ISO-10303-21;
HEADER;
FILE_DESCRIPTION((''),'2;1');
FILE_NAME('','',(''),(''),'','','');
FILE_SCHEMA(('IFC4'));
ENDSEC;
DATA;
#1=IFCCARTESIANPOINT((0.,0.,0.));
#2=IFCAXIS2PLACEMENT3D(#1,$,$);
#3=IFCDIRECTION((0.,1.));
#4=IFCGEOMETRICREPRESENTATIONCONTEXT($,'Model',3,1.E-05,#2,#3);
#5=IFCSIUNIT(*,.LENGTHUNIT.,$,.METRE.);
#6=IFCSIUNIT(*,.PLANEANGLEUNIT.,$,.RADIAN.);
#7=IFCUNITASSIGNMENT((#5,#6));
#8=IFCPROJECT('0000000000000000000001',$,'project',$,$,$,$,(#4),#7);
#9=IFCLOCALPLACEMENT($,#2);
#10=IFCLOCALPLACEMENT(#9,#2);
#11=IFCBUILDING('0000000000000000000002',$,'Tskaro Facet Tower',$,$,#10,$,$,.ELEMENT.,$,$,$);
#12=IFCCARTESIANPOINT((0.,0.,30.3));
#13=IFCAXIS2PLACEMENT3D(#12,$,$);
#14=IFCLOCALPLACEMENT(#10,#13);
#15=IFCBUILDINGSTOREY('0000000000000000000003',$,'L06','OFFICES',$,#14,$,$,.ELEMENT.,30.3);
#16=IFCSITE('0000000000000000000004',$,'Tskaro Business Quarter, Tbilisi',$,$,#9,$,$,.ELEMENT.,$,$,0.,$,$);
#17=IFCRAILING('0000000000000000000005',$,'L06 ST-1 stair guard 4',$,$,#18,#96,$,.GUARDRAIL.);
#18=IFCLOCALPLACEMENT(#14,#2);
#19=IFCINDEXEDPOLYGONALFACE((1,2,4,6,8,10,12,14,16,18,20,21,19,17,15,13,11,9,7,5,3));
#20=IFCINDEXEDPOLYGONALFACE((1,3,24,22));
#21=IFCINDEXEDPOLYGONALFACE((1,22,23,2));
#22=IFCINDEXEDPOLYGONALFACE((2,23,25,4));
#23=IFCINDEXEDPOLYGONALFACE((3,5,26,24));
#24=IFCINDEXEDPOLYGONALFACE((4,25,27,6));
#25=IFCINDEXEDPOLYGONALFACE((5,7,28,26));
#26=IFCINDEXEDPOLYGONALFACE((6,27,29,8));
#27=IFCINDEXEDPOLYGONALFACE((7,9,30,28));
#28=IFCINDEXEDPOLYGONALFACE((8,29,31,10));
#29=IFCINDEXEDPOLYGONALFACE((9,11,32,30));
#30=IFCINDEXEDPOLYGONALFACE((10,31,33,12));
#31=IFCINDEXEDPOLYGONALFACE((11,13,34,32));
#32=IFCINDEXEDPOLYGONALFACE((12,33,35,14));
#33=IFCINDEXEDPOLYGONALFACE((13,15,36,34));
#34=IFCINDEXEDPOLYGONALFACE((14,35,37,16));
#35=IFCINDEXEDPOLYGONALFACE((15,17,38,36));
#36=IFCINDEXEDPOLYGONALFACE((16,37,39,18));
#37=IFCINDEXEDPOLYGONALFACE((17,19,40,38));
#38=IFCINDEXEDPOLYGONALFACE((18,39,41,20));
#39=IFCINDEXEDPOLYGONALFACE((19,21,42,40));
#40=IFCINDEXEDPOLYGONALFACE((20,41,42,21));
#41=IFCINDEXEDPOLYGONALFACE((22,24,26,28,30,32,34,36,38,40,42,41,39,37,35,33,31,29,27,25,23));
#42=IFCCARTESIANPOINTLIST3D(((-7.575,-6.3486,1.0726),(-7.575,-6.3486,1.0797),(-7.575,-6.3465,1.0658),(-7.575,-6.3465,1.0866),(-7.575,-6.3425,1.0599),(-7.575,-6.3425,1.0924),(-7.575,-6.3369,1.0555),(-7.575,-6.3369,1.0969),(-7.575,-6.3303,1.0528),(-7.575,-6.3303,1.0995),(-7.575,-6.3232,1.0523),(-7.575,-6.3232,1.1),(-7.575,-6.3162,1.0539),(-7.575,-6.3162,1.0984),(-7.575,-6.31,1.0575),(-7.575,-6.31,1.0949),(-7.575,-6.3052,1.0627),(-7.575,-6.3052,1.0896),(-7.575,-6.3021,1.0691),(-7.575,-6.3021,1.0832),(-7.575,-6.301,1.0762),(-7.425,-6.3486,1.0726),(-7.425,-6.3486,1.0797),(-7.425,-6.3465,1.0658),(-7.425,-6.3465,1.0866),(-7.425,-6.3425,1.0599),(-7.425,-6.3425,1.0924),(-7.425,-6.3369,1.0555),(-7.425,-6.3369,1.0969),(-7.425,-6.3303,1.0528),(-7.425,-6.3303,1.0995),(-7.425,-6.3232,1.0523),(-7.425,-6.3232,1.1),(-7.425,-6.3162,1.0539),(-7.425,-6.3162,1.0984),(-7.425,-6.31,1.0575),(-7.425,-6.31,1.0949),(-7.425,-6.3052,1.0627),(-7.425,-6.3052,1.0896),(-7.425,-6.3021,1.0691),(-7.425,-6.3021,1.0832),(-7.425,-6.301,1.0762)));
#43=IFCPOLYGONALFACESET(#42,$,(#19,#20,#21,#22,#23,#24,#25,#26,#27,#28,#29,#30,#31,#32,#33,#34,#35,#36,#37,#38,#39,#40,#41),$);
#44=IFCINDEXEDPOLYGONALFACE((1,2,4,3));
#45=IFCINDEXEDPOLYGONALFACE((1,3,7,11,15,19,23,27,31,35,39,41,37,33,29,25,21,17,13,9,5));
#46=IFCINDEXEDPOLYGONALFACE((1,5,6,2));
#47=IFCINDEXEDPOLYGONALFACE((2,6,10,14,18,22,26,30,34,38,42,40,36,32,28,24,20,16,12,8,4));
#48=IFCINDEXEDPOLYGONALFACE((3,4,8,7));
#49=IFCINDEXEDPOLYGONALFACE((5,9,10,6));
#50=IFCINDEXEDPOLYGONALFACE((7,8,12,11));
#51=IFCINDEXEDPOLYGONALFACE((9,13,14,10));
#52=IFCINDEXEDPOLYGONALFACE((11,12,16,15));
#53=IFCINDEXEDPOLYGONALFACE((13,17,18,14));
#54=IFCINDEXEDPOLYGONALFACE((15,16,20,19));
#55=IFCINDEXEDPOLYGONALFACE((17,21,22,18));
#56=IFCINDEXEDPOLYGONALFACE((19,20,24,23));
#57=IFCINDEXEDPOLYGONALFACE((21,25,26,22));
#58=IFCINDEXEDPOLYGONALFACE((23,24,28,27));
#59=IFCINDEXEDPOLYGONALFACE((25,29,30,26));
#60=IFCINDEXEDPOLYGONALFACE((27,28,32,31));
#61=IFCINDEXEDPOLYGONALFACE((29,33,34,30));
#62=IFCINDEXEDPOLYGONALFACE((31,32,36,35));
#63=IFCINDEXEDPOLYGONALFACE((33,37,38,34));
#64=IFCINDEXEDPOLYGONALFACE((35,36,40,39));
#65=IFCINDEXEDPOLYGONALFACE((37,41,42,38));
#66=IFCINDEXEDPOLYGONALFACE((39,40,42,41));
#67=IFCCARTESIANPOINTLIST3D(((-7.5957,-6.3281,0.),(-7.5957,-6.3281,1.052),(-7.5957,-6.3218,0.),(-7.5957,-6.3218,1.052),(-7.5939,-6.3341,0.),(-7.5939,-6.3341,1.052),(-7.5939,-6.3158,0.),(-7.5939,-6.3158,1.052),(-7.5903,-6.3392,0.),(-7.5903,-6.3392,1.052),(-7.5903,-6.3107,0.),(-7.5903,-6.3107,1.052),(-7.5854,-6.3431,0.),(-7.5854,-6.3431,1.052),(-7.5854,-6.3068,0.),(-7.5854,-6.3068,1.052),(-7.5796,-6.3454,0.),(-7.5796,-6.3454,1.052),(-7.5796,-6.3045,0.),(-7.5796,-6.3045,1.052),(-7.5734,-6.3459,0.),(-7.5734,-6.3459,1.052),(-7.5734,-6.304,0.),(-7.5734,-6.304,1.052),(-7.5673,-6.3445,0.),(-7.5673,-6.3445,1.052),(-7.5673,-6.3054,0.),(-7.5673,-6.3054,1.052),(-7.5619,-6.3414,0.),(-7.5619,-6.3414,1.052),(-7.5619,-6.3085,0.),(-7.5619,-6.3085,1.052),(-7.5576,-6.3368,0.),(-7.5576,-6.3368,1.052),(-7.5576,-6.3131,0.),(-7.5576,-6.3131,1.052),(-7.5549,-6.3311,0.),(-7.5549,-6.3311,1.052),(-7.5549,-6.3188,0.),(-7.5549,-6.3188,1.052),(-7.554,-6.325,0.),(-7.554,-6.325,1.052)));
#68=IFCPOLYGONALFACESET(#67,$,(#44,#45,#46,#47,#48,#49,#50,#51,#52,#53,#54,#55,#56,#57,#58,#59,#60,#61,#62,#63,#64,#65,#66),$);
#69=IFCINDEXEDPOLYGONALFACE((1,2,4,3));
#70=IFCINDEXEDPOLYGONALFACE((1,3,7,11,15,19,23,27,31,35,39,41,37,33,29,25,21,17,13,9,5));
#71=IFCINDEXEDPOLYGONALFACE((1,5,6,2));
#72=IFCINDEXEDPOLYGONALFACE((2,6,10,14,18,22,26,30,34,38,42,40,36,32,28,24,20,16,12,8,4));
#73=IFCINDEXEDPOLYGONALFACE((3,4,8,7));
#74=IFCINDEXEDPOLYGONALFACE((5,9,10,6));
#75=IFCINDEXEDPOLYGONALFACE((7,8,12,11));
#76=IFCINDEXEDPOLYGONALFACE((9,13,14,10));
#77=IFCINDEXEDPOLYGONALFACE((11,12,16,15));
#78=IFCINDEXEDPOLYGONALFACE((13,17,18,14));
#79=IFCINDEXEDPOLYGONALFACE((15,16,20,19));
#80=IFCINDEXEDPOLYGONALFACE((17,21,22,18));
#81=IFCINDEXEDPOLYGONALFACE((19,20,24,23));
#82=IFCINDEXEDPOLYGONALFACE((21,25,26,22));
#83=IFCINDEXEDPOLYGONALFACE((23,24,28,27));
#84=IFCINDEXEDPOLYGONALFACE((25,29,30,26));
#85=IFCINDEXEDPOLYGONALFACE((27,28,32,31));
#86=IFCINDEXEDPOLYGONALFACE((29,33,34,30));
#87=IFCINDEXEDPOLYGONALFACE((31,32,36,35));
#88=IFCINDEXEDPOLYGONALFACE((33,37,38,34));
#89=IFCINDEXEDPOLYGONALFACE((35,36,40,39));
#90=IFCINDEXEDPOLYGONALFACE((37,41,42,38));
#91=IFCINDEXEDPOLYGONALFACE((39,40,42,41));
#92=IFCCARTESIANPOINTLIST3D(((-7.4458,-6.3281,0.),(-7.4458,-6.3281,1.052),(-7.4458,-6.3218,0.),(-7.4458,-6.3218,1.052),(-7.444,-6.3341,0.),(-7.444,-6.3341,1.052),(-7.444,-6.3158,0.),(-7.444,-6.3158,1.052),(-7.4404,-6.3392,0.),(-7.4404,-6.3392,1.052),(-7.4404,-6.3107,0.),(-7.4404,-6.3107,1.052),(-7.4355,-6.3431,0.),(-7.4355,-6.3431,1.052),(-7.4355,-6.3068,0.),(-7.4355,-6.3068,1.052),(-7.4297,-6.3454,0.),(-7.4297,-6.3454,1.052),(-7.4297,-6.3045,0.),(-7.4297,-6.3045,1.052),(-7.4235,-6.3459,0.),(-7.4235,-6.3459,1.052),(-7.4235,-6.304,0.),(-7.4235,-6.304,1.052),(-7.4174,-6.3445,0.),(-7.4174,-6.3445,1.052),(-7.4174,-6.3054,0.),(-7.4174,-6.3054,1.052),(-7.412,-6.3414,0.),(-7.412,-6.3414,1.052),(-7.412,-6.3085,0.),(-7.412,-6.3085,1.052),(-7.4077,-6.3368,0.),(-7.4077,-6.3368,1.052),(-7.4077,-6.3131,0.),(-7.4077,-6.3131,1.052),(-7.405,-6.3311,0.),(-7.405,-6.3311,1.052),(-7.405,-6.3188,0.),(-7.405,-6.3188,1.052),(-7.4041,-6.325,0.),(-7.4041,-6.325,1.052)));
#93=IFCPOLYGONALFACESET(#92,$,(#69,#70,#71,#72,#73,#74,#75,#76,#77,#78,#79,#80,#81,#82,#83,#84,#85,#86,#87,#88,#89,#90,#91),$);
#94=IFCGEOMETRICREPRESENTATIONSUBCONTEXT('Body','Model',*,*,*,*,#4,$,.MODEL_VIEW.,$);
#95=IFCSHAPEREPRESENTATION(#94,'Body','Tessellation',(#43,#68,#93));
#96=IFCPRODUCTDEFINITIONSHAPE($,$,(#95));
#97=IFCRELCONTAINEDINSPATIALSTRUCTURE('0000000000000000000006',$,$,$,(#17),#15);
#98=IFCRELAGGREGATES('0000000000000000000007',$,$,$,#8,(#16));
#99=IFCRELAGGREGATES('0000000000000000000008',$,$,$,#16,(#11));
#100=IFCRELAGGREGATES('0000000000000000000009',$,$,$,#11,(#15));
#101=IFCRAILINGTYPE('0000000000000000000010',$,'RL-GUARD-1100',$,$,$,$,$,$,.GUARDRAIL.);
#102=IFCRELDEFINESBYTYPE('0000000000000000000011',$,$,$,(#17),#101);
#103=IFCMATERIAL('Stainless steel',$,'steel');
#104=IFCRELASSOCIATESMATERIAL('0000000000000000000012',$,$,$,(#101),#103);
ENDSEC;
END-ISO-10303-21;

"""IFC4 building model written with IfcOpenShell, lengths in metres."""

from ifc_helpers import new_model, si_unit, direction, frame, origin, origin_2d, place, context, subcontext, project, spatial, circle, extrude, material, type_object, element, save


model = new_model("IFC4")

# Units and contexts
model_context = context("Model", 3, precision=1e-05, world=origin(), true_north=direction((0.0, 1.0)))
body_context = subcontext(model_context, "Body", "Model", "MODEL_VIEW")
ifc_project = project(units=[si_unit("LENGTHUNIT", "METRE"), si_unit("PLANEANGLEUNIT", "RADIAN")], contexts=[model_context])

# Site, building, storey
site_placement = place(None, origin())
site = spatial("IfcSite", under=ifc_project, at=site_placement, Name="Tskaro Business Quarter, Tbilisi", CompositionType="ELEMENT", RefElevation=0.0)
building_placement = place(site_placement, origin())
building = spatial("IfcBuilding", under=site, at=building_placement, Name="Tskaro Facet Tower", CompositionType="ELEMENT")
storey_placement = place(building_placement, frame((0.0, 0.0, 30.3)))
storey = spatial("IfcBuildingStorey", under=building, at=storey_placement, Name="L06", Description="OFFICES", CompositionType="ELEMENT", Elevation=30.3)

# Shared definitions
ifc_material_1 = material(Name="Stainless steel", Category="steel")

# Railing
railing_type_1 = type_object("IfcRailingType", Name="RL-GUARD-1100", PredefinedType="GUARDRAIL", material=ifc_material_1)
railing_1_placement = place(storey_placement, frame((-7.575, -6.325, 0.0)))
element("IfcRailing", 1, at=railing_1_placement, inside=storey, type_object=railing_type_1, Name="L06 ST-1 stair guard 4", PredefinedType="GUARDRAIL", context=body_context, shape_type="SweptSolid", body=[
    extrude(circle(Radius=0.0239, at=origin_2d()), frame((0.0, 0.0, 1.0762), z_axis=(1.0, 0.0, 0.0), x_axis=(0.0, 1.0, 0.0)), (0.0, 0.0, 1.0), 0.1499),
    extrude(circle(Radius=0.021, at=origin_2d()), origin(), (0.0, 0.0, 1.0), 1.052),
    extrude(circle(Radius=0.021, at=origin_2d()), frame((0.1499, 0.0, 0.0)), (0.0, 0.0, 1.0), 1.052),
])

save(model, "model.ifc")
